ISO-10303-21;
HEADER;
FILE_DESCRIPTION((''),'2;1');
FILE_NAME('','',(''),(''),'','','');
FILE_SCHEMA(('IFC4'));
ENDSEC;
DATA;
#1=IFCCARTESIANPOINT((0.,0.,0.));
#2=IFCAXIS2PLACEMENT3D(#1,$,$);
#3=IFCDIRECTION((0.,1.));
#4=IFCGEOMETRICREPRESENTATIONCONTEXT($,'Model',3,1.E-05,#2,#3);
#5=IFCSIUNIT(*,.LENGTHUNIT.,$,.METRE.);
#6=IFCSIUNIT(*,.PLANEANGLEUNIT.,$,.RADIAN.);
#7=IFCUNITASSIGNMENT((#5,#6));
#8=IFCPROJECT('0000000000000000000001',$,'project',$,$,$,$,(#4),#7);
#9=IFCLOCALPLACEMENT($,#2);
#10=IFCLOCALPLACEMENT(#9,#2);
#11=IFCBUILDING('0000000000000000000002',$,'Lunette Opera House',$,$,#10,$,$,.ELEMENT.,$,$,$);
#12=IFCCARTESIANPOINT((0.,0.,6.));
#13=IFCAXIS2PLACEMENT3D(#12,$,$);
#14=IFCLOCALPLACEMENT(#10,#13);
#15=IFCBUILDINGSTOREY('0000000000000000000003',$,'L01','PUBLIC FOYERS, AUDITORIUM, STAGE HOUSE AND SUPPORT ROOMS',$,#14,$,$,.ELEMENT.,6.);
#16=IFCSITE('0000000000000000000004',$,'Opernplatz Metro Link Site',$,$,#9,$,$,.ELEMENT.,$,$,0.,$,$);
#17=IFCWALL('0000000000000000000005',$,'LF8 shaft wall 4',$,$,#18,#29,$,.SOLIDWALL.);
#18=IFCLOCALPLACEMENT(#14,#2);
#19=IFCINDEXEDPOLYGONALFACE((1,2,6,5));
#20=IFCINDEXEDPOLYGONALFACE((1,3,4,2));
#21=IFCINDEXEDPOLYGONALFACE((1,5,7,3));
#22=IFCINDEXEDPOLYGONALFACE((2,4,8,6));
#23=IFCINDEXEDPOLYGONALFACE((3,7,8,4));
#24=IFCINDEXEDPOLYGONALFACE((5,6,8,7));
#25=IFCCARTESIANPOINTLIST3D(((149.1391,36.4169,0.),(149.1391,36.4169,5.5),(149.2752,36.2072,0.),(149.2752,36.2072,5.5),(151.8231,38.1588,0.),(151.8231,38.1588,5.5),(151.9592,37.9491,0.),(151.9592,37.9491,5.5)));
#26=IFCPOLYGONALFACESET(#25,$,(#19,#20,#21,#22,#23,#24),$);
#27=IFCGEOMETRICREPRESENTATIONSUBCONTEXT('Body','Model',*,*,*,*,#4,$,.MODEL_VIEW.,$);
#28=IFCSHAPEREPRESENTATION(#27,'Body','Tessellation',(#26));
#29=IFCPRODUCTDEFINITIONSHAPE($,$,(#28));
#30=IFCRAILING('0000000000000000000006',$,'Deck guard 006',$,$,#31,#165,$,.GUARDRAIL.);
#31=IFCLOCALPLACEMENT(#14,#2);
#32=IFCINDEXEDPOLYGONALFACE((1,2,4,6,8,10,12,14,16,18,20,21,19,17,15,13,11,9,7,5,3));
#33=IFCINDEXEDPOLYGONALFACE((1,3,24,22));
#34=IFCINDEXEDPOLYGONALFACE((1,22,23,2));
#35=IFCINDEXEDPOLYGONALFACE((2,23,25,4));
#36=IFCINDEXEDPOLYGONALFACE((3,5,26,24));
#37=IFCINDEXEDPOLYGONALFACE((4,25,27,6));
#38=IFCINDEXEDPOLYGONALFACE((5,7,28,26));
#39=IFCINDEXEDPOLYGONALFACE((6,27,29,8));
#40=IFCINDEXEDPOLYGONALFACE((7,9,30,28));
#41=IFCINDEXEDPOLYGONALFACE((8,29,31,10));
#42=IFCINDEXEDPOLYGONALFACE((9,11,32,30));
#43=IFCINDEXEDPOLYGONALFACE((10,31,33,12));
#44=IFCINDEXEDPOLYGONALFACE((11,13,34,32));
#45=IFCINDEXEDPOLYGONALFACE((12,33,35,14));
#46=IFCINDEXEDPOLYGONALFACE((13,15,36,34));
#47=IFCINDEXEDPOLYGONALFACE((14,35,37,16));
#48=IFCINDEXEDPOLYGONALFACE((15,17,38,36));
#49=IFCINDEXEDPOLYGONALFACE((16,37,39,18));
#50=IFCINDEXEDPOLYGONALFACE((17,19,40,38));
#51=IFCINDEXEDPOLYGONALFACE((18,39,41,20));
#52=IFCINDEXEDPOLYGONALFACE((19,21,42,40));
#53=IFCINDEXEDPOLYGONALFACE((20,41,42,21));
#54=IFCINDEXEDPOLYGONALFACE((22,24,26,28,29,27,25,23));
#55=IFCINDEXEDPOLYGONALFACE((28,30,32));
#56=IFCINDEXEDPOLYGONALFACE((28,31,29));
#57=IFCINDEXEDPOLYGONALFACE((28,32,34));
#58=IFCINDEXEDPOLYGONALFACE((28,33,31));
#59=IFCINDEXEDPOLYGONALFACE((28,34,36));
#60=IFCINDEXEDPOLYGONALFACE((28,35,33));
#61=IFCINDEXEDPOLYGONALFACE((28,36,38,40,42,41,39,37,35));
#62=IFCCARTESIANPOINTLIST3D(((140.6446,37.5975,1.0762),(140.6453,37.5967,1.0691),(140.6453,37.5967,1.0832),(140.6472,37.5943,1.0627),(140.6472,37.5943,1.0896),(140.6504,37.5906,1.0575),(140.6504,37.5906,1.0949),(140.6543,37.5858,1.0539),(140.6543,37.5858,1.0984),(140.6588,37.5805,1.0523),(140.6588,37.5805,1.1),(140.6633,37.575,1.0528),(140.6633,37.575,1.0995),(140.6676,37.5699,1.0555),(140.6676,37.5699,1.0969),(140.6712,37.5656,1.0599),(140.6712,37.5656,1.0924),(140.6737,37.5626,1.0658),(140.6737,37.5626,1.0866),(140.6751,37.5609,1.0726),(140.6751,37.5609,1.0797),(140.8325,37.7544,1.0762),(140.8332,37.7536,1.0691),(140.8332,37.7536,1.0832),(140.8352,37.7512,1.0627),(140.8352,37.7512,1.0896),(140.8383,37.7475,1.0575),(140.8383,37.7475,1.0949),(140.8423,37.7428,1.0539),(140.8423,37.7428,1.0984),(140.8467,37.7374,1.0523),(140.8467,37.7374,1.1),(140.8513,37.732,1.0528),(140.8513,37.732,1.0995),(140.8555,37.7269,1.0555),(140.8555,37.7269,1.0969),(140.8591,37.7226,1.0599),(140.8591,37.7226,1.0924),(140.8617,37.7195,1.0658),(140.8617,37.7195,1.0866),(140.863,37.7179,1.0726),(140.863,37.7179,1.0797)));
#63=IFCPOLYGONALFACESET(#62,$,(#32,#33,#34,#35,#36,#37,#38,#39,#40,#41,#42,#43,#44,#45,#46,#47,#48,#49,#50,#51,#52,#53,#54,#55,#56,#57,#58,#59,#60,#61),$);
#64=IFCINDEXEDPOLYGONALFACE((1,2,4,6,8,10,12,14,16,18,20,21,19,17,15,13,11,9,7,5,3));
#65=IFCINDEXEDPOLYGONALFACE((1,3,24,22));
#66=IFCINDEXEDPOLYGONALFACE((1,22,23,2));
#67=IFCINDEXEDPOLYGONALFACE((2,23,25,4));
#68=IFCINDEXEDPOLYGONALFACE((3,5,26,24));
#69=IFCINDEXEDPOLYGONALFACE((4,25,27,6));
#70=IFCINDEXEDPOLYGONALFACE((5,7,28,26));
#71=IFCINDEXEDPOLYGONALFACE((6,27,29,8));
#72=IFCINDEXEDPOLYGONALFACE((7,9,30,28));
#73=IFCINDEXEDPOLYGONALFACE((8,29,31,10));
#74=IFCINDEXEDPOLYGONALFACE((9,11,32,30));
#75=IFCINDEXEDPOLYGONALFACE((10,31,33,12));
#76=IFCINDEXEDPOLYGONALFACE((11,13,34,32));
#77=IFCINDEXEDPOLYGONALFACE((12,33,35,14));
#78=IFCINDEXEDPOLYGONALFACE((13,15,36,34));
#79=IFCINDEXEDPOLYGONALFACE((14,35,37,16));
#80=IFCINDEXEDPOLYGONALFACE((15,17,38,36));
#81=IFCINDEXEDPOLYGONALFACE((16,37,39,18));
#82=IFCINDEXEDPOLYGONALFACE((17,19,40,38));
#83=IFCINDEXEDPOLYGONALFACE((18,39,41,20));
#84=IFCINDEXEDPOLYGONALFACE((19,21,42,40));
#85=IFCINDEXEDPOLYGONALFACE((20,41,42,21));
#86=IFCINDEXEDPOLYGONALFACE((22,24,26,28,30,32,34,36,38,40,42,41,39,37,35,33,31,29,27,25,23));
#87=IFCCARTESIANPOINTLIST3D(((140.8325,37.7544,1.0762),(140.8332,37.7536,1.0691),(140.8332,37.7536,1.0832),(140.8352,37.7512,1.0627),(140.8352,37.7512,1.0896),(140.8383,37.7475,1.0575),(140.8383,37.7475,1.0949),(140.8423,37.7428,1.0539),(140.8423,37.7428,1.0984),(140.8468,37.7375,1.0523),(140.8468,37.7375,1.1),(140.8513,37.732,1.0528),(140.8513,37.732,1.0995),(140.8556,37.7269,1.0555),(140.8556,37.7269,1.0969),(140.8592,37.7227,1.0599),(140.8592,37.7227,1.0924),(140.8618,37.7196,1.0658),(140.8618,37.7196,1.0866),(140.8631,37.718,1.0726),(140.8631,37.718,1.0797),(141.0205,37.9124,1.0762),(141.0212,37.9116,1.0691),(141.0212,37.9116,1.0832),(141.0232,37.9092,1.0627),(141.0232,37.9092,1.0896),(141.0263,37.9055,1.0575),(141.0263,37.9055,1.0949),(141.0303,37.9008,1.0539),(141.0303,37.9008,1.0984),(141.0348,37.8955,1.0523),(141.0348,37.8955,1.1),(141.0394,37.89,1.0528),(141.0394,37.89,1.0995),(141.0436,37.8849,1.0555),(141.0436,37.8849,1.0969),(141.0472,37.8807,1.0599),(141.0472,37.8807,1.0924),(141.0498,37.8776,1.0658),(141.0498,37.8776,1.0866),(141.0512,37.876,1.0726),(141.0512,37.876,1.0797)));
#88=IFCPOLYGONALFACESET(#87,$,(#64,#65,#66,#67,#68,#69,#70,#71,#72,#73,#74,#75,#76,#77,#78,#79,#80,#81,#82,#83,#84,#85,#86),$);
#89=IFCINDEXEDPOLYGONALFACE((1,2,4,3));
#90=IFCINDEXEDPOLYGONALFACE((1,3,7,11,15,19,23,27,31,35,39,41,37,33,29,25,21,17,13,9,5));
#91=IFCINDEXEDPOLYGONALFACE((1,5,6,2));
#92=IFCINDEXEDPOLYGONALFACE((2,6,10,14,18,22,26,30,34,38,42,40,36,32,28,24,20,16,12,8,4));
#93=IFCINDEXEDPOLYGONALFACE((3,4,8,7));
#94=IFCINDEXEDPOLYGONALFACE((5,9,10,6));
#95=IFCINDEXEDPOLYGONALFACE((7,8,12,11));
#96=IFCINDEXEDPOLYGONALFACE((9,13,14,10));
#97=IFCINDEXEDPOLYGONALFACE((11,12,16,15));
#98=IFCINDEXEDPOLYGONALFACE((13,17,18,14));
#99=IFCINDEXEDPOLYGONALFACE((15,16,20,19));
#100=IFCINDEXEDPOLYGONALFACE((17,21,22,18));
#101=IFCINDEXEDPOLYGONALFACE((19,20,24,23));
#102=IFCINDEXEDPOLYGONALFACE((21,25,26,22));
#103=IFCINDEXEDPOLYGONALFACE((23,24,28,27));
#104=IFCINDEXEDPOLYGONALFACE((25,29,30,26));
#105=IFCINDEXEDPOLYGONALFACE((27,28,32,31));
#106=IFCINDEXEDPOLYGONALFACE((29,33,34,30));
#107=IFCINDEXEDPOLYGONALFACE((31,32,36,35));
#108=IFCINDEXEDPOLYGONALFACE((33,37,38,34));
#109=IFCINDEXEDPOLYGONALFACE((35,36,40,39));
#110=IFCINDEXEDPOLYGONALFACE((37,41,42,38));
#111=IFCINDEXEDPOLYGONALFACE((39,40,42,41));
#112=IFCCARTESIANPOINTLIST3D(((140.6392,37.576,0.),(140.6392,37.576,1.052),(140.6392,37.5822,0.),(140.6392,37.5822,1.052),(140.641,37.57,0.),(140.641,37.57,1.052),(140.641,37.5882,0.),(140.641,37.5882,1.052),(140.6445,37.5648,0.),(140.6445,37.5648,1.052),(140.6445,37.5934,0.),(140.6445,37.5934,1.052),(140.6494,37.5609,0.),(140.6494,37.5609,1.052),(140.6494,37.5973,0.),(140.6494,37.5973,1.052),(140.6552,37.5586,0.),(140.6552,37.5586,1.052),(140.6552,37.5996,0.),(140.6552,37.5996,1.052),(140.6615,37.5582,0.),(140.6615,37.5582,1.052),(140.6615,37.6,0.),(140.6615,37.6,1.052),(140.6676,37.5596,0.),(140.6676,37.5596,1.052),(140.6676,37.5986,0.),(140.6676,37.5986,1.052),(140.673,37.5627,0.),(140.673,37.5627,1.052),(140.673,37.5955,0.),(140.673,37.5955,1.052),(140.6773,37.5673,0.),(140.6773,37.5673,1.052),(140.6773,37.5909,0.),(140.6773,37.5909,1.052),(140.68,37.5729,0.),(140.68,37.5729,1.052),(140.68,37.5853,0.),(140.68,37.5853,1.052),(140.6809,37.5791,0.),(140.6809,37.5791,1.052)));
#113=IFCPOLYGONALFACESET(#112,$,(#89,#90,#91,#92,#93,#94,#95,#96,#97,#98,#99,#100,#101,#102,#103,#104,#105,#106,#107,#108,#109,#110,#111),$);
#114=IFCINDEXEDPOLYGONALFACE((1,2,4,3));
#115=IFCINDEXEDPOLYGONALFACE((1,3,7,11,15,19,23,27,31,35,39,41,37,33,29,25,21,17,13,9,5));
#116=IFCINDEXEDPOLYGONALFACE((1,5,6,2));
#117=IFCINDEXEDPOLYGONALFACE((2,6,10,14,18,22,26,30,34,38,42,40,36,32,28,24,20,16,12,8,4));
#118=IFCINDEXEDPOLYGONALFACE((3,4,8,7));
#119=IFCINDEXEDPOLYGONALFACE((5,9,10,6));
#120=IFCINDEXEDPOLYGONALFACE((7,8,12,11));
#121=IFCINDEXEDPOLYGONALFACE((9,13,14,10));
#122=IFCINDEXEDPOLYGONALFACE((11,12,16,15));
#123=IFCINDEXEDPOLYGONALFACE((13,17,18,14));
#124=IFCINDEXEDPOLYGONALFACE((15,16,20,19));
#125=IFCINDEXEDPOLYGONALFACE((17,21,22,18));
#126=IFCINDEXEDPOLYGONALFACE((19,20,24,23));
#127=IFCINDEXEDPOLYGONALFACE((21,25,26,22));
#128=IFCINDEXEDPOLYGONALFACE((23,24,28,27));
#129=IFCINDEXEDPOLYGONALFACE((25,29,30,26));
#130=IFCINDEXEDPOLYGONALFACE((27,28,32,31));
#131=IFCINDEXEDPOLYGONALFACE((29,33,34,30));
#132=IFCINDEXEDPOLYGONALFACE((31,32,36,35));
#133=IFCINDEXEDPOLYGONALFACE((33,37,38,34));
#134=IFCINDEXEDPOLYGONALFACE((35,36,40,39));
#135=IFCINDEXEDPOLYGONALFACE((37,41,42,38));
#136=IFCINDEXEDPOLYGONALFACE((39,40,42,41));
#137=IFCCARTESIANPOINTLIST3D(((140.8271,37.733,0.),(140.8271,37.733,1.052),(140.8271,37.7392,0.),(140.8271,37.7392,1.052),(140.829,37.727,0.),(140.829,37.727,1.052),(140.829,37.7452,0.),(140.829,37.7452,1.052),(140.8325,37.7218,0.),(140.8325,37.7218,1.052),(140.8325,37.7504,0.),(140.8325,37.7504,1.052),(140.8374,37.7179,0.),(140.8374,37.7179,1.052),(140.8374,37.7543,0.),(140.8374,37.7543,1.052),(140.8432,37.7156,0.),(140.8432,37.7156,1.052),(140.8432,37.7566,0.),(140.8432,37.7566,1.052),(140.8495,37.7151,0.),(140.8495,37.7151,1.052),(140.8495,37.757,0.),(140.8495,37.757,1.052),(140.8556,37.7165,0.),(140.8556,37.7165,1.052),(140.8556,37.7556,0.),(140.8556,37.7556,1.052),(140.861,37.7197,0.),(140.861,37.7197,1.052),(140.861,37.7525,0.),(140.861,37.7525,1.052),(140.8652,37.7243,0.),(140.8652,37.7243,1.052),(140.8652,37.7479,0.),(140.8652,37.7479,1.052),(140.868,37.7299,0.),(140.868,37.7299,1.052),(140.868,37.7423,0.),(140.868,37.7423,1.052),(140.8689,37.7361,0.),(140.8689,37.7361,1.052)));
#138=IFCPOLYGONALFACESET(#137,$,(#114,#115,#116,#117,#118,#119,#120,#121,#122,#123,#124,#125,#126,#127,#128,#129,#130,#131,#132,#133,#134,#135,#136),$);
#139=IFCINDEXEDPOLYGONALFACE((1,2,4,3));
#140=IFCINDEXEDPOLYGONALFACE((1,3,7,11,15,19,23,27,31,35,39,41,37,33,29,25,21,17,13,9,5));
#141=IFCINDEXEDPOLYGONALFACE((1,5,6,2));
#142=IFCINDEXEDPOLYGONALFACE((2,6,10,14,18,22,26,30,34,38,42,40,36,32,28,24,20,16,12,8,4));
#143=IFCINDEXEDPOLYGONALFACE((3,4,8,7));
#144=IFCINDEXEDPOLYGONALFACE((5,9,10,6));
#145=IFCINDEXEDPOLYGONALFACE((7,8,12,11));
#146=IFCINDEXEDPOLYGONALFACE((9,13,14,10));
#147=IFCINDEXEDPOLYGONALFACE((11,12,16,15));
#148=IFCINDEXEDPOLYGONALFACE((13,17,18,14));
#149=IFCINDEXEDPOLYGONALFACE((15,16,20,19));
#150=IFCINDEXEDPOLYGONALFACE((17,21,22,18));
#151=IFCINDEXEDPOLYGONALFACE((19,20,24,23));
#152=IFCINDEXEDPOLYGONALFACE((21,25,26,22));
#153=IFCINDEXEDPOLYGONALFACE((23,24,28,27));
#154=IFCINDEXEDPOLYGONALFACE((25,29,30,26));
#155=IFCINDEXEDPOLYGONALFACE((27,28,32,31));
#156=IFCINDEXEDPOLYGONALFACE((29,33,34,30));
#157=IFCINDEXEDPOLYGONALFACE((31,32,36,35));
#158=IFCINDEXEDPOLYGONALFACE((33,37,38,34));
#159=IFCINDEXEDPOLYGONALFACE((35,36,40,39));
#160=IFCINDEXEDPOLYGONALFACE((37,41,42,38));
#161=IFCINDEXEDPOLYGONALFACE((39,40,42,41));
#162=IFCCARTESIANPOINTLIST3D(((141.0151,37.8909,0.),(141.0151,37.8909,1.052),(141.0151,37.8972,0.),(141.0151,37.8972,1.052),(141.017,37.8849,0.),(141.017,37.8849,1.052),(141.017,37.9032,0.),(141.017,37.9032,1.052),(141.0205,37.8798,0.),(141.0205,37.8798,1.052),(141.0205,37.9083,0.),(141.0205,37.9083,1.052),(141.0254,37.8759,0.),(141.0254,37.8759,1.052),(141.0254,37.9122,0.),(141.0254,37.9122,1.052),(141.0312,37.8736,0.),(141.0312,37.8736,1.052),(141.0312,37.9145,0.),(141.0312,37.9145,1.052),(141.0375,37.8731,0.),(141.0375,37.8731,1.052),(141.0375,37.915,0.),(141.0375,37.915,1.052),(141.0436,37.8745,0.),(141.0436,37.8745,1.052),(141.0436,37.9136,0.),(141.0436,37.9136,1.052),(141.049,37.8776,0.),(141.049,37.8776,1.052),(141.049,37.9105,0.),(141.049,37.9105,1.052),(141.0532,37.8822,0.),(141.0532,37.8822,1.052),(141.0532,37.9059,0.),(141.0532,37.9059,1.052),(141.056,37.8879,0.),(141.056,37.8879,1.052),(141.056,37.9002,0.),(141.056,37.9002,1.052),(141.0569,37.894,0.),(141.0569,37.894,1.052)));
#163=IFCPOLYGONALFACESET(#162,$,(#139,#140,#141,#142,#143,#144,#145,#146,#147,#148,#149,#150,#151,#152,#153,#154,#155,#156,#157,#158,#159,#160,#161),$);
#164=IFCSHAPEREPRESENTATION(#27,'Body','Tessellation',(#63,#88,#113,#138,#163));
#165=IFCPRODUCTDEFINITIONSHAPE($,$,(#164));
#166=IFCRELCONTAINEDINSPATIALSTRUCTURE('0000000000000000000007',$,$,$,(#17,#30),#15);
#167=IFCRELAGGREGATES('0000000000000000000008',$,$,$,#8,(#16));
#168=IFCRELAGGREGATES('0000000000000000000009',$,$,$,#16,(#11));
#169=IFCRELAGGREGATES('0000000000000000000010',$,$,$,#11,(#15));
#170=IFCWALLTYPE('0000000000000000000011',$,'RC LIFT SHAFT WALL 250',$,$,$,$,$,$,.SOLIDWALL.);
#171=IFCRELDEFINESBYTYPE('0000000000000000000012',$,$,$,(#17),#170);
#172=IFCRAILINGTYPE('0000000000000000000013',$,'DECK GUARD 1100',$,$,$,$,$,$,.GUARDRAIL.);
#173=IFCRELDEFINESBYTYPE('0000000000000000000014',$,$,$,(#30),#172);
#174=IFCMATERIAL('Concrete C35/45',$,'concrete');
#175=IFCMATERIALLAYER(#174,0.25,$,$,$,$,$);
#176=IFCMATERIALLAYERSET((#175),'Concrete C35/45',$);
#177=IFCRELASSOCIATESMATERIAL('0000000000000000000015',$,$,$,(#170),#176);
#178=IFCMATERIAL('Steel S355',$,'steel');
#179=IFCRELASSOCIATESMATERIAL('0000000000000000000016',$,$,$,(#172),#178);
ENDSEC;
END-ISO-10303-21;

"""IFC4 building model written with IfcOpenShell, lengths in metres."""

from ifc_helpers import new_model, si_unit, direction, frame, frame_2d, origin, origin_2d, place, context, subcontext, project, spatial, rectangle, circle, extrude, material, layer, layer_set, type_object, element, save


model = new_model("IFC4")

# Units and contexts
model_context = context("Model", 3, precision=1e-05, world=origin(), true_north=direction((0.0, 1.0)))
body_context = subcontext(model_context, "Body", "Model", "MODEL_VIEW")
ifc_project = project(units=[si_unit("LENGTHUNIT", "METRE"), si_unit("PLANEANGLEUNIT", "RADIAN")], contexts=[model_context])

# Site, building, storey
site_placement = place(None, origin())
site = spatial("IfcSite", under=ifc_project, at=site_placement, Name="Opernplatz Metro Link Site", CompositionType="ELEMENT", RefElevation=0.0)
building_placement = place(site_placement, origin())
building = spatial("IfcBuilding", under=site, at=building_placement, Name="Lunette Opera House", CompositionType="ELEMENT")
storey_placement = place(building_placement, frame((0.0, 0.0, 6.0)))
storey = spatial("IfcBuildingStorey", under=building, at=storey_placement, Name="L01", Description="PUBLIC FOYERS, AUDITORIUM, STAGE HOUSE AND SUPPORT ROOMS", CompositionType="ELEMENT", Elevation=6.0)

# Wall
ifc_material_1 = material(Name="Concrete C35/45", Category="concrete")
ifc_layer_1 = layer(ifc_material_1, 0.25)
ifc_layer_set_1 = layer_set([ifc_layer_1], Name="Concrete C35/45")
wall_type_1 = type_object("IfcWallType", Name="RC LIFT SHAFT WALL 250", PredefinedType="SOLIDWALL", material=ifc_layer_set_1)
wall_1_placement = place(storey_placement, frame((151.8911, 38.054, 0.0), z_axis=(0.0, 0.0, 1.0), x_axis=(-0.83883, -0.544393, 0.0)))
element("IfcWall", 1, at=wall_1_placement, inside=storey, type_object=wall_type_1, Name="LF8 shaft wall 4", PredefinedType="SOLIDWALL", context=body_context, shape_type="SweptSolid", body=[
    extrude(rectangle(XDim=3.1997, YDim=0.25, at=frame_2d((1.5999, 0.0))), origin(), (0.0, 0.0, 1.0), 5.5),
])

# Railing
ifc_material_2 = material(Name="Steel S355", Category="steel")
railing_type = type_object("IfcRailingType", Name="DECK GUARD 1100", PredefinedType="GUARDRAIL", material=ifc_material_2)
railing_placement = place(storey_placement, frame((140.6599, 37.5791, 0.0)))
element("IfcRailing", 2, at=railing_placement, inside=storey, type_object=railing_type, Name="Deck guard 006", PredefinedType="GUARDRAIL", context=body_context, shape_type="SweptSolid", body=[
    extrude(circle(Radius=0.0239, at=origin_2d()), frame((0.0, 0.0, 1.0762), z_axis=(0.767567, 0.640968, 0.0), x_axis=(-0.640968, 0.767567, 0.0)), (0.0, 0.0, 1.0), 0.2449),
    extrude(circle(Radius=0.0239, at=origin_2d()), frame((0.188, 0.157, 1.0762), z_axis=(0.765607, 0.643309, 0.0), x_axis=(-0.643309, 0.765607, 0.0)), (0.0, 0.0, 1.0), 0.2456),
    extrude(circle(Radius=0.021, at=origin_2d()), origin(), (0.0, 0.0, 1.0), 1.052),
    extrude(circle(Radius=0.021, at=origin_2d()), frame((0.188, 0.157, 0.0)), (0.0, 0.0, 1.0), 1.052),
    extrude(circle(Radius=0.021, at=origin_2d()), frame((0.376, 0.3149, 0.0)), (0.0, 0.0, 1.0), 1.052),
])

save(model, "model.ifc")
